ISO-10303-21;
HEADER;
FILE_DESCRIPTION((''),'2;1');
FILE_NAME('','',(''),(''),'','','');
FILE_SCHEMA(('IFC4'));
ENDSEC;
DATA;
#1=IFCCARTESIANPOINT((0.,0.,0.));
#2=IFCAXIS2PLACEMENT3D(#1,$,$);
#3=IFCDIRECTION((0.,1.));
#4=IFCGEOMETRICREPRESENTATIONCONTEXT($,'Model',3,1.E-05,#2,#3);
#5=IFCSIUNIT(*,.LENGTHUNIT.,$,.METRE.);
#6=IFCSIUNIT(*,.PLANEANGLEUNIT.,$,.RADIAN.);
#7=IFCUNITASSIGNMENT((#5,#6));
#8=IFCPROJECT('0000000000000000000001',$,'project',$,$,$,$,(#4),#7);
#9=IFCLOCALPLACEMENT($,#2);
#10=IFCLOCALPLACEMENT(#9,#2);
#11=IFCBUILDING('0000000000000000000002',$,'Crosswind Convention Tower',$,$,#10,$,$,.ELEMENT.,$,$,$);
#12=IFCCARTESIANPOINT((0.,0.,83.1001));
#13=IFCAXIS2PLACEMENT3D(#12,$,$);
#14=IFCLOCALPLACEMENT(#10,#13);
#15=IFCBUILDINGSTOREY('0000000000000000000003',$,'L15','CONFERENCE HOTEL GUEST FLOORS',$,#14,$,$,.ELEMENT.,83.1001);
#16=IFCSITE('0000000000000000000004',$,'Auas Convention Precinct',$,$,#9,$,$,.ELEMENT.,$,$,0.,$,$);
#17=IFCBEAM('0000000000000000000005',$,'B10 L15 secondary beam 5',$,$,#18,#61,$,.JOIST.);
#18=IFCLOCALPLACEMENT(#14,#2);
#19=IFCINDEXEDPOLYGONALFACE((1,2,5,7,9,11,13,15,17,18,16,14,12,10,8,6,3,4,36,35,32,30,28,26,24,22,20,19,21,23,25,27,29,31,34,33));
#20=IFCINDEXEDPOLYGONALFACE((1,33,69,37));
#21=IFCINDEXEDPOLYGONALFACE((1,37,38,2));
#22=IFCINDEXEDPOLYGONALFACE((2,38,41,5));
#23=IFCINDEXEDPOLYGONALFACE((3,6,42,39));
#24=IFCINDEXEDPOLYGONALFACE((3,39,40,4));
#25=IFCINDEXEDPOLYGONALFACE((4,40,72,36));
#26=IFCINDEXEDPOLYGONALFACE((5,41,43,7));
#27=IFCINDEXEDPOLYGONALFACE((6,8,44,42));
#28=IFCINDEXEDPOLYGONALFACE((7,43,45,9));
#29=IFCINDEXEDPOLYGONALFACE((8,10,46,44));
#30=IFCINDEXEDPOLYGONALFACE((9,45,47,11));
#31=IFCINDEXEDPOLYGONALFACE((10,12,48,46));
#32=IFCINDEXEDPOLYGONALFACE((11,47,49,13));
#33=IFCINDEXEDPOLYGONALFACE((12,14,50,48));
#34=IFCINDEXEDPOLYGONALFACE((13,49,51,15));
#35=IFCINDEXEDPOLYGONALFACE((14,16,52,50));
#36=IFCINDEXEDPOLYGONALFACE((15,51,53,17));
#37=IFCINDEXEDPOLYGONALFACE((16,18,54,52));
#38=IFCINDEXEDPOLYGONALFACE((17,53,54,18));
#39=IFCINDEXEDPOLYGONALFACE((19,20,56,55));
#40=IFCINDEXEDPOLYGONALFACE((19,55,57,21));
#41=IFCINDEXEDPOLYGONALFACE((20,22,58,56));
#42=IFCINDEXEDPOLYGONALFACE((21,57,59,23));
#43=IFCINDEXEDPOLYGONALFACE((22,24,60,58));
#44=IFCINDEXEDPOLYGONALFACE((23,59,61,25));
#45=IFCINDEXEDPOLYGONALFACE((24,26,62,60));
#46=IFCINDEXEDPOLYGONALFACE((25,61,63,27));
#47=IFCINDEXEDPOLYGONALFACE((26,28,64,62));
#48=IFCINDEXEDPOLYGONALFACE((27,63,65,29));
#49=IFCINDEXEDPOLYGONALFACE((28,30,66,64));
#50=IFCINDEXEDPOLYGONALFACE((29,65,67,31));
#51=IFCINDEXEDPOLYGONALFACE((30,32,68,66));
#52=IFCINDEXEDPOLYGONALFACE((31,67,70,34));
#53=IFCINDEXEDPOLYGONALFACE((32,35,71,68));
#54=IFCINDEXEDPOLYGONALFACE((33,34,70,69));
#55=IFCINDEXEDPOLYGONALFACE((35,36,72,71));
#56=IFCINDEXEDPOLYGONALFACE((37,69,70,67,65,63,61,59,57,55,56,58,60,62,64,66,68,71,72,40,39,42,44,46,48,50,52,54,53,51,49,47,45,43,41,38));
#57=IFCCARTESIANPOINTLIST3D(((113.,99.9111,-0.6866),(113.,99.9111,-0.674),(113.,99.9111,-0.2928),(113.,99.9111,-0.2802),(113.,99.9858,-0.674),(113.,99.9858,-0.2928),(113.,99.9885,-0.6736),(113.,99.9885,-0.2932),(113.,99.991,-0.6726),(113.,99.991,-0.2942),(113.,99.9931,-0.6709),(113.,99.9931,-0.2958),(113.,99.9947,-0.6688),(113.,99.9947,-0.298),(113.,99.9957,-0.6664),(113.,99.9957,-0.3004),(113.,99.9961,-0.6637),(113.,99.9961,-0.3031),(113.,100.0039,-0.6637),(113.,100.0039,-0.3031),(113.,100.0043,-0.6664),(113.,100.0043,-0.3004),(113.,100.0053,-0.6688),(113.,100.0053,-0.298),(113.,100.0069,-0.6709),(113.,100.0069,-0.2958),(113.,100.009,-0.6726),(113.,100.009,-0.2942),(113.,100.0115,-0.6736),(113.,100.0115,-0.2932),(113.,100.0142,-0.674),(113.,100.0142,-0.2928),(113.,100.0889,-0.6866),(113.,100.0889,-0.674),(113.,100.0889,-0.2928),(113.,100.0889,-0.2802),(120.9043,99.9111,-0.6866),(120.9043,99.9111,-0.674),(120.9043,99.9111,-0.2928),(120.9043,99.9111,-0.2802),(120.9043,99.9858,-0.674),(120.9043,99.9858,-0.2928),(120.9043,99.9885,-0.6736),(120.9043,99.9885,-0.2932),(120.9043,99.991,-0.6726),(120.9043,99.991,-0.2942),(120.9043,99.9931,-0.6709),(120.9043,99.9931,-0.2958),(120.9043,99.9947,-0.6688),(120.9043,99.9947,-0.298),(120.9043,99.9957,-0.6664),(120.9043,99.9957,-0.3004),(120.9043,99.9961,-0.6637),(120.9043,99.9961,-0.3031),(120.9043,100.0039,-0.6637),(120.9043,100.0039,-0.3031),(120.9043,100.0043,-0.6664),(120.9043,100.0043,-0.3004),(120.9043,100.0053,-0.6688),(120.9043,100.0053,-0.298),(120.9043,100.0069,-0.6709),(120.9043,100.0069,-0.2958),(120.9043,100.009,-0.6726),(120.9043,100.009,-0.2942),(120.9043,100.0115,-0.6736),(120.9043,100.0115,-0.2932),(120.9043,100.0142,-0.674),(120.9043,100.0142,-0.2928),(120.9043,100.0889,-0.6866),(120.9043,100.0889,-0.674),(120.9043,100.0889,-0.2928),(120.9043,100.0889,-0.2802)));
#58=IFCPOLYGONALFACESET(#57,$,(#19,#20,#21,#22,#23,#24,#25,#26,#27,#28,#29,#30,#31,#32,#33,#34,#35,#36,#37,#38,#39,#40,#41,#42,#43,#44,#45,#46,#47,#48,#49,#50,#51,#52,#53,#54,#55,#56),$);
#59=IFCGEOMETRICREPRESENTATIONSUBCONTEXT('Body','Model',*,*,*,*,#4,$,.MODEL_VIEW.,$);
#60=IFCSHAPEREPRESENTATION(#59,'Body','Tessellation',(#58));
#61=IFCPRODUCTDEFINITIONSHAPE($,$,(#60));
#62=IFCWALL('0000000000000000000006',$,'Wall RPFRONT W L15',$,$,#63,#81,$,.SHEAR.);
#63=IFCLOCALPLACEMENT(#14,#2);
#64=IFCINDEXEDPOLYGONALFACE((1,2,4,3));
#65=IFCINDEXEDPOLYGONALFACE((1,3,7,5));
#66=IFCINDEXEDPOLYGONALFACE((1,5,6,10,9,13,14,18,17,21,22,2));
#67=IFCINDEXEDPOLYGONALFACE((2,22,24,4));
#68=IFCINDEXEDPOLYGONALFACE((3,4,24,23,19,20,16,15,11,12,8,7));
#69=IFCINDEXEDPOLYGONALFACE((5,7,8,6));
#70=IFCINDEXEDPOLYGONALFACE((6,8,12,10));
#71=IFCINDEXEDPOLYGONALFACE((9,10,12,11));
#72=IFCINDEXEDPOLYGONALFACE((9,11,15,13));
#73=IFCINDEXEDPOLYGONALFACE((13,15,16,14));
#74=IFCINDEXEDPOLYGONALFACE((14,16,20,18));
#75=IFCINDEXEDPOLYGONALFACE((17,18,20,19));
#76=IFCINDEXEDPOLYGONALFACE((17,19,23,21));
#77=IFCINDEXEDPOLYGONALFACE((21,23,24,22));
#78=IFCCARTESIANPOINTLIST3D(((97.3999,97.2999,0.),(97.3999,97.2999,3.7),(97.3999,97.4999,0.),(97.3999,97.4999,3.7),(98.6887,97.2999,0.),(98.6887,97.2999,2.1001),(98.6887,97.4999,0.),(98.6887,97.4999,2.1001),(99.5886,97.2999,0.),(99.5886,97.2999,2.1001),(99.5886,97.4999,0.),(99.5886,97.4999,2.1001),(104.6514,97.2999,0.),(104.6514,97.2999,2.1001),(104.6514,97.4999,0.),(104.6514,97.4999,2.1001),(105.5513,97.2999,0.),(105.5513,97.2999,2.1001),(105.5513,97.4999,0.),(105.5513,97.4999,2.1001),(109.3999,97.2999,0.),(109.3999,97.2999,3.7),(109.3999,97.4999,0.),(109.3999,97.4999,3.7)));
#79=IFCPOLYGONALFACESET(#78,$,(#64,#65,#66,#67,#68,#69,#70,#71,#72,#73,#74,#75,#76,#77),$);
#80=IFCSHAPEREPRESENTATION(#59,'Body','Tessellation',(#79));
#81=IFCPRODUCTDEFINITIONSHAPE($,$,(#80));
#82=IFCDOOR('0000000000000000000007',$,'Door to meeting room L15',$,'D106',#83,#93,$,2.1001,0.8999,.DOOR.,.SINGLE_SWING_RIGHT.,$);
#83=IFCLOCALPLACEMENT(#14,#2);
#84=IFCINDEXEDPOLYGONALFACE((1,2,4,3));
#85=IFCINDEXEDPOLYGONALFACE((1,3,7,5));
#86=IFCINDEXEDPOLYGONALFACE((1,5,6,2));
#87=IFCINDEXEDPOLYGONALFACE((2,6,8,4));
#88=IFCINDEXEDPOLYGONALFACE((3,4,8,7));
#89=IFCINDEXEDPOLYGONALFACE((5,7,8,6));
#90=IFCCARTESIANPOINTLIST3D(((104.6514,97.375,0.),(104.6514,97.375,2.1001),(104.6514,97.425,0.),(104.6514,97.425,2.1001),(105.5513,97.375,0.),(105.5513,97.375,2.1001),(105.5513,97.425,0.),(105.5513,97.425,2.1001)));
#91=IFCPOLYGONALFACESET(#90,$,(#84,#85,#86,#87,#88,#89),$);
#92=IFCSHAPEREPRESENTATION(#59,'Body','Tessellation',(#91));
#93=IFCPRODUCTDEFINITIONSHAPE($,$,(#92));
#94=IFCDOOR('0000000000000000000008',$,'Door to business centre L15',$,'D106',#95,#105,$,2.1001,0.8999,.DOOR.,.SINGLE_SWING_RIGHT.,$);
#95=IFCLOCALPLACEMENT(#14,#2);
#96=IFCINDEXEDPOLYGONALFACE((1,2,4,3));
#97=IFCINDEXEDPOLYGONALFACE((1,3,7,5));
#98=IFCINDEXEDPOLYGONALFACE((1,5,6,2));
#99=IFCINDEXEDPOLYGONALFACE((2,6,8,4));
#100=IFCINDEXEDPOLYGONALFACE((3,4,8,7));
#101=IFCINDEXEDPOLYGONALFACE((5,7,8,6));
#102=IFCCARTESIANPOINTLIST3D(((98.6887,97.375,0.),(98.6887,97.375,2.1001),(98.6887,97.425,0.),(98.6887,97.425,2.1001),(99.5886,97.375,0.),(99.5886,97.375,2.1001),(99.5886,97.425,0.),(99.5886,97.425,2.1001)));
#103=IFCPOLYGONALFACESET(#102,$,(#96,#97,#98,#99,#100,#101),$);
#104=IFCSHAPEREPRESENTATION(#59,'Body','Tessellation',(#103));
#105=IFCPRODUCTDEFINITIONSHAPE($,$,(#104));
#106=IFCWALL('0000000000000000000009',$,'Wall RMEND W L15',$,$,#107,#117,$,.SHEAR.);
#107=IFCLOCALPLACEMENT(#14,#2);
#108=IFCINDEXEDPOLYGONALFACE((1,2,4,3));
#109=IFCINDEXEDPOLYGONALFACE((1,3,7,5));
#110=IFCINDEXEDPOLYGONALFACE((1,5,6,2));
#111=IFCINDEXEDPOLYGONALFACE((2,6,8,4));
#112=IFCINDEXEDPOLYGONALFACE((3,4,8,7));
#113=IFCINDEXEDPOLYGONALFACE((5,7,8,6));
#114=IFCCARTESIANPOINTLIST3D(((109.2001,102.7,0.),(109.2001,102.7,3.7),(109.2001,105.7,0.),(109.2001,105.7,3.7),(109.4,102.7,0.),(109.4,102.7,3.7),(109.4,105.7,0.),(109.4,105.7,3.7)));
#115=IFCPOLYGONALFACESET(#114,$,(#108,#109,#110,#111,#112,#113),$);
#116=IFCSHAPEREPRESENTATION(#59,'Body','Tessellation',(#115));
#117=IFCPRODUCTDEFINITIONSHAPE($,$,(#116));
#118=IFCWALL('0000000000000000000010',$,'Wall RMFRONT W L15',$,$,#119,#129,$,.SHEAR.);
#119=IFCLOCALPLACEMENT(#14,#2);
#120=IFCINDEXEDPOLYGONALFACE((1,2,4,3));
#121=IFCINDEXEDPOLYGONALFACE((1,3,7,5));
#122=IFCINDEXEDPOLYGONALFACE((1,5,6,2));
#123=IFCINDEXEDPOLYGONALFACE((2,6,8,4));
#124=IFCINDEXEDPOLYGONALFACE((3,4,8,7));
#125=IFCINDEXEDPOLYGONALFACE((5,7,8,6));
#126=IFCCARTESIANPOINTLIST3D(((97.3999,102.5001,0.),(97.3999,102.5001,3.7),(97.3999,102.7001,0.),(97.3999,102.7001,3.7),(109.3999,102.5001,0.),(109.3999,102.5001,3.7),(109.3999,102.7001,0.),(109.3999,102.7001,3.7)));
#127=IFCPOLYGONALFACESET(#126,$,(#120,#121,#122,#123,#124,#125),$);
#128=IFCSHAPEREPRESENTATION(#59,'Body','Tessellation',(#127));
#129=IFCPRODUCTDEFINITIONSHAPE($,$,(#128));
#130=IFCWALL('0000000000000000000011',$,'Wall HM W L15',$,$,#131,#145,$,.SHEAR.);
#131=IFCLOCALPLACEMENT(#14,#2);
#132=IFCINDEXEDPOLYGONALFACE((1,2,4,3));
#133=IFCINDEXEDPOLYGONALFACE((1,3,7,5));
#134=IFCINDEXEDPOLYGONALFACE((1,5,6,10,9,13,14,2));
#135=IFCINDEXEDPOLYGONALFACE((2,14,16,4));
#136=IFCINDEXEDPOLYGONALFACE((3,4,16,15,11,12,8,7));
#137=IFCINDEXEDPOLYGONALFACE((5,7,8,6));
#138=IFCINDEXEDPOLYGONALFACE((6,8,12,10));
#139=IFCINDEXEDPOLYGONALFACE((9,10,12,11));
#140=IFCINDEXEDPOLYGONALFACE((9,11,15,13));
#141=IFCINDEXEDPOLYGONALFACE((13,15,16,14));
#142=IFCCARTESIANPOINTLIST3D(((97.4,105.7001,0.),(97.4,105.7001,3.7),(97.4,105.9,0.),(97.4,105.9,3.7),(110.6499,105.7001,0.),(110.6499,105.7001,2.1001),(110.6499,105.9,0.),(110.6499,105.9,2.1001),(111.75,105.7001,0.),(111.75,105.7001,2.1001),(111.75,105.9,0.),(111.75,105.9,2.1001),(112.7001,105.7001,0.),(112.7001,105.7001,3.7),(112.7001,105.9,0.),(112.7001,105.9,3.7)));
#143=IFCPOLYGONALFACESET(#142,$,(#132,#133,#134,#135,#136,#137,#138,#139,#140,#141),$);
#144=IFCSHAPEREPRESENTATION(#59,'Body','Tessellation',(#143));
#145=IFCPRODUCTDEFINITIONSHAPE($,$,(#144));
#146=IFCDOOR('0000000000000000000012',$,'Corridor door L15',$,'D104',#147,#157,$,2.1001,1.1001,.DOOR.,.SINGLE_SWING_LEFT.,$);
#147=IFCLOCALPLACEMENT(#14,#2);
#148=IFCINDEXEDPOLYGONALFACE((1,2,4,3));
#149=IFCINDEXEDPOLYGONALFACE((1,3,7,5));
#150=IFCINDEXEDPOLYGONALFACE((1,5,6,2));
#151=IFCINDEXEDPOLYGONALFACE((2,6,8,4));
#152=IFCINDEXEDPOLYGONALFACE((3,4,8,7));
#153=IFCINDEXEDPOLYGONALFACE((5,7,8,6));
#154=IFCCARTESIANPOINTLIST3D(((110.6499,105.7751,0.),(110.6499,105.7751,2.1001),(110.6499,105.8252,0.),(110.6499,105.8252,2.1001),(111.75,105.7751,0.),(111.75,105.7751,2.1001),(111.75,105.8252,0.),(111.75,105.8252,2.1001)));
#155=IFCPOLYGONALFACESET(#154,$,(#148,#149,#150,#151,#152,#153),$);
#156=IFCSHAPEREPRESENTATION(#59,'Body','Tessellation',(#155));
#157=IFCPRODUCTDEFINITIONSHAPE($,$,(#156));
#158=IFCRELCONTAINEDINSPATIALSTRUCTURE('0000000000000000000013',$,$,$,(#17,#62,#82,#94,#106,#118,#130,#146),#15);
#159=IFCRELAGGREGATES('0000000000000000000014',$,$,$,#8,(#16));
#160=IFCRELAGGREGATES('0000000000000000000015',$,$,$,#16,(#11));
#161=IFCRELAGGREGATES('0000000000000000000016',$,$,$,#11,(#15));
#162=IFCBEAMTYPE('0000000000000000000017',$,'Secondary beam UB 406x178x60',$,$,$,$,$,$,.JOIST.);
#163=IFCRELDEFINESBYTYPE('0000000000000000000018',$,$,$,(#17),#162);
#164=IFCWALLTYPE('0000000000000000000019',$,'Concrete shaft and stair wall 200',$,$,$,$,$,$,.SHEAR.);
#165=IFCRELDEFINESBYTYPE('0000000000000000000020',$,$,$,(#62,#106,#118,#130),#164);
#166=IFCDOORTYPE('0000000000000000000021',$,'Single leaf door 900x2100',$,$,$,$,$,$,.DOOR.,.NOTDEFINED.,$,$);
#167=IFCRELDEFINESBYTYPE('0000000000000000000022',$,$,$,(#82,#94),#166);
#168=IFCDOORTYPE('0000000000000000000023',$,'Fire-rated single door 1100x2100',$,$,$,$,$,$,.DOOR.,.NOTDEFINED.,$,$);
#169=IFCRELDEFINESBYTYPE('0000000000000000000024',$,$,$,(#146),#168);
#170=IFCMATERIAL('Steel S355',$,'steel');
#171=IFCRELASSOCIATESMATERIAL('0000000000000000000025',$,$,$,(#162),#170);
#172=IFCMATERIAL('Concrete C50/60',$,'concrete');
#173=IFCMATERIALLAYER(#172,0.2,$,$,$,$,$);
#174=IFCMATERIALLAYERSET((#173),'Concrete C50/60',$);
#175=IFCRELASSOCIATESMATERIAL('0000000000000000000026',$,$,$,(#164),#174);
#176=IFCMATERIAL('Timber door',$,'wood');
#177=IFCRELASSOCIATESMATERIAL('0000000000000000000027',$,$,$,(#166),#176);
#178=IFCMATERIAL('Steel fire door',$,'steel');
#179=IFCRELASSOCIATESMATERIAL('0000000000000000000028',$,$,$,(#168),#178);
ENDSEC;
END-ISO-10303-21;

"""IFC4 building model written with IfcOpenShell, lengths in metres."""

from ifc_helpers import new_model, si_unit, direction, frame, frame_2d, origin, origin_2d, place, context, subcontext, project, spatial, rectangle, i_section, extrude, material, layer, layer_set, material_profile, profile_set, type_object, element, fill, save


model = new_model("IFC4")

# Units and contexts
model_context = context("Model", 3, precision=1e-05, world=origin(), true_north=direction((0.0, 1.0)))
body_context = subcontext(model_context, "Body", "Model", "MODEL_VIEW")
ifc_project = project(units=[si_unit("LENGTHUNIT", "METRE"), si_unit("PLANEANGLEUNIT", "RADIAN")], contexts=[model_context])

# Site, building, storey
site_placement = place(None, origin())
site = spatial("IfcSite", under=ifc_project, at=site_placement, Name="Auas Convention Precinct", CompositionType="ELEMENT", RefElevation=0.0)
building_placement = place(site_placement, origin())
building = spatial("IfcBuilding", under=site, at=building_placement, Name="Crosswind Convention Tower", CompositionType="ELEMENT")
storey_placement = place(building_placement, frame((0.0, 0.0, 83.1001)))
storey = spatial("IfcBuildingStorey", under=building, at=storey_placement, Name="L15", Description="CONFERENCE HOTEL GUEST FLOORS", CompositionType="ELEMENT", Elevation=83.1001)

# Beam
ifc_material_1 = material(Name="Steel S355", Category="steel")
ifc_material_profile = material_profile(ifc_material_1, i_section(OverallWidth=0.1777, OverallDepth=0.4065, WebThickness=0.0078, FlangeThickness=0.0127, FilletRadius=0.0103, at=origin_2d()), Name="UB 406x178x60")
ifc_profile_set = profile_set([ifc_material_profile], Name="Steel S355")
beam_type = type_object("IfcBeamType", Name="Secondary beam UB 406x178x60", PredefinedType="JOIST", material=ifc_profile_set)
beam_placement = place(storey_placement, frame((113.0, 100.0, -0.4834), z_axis=(1.0, 0.0, 0.0), x_axis=(0.0, 1.0, 0.0)))
element("IfcBeam", 1, at=beam_placement, inside=storey, type_object=beam_type, Name="B10 L15 secondary beam 5", PredefinedType="JOIST", context=body_context, shape_type="SweptSolid", body=[
    extrude(i_section(OverallWidth=0.1777, OverallDepth=0.4065, WebThickness=0.0078, FlangeThickness=0.0127, FilletRadius=0.0103, at=origin_2d()), origin(), (0.0, 0.0, 1.0), 7.9043),
])

# Wall, openings, doors
ifc_material_2 = material(Name="Concrete C50/60", Category="concrete")
ifc_layer_1 = layer(ifc_material_2, 0.2)
ifc_layer_set_1 = layer_set([ifc_layer_1], Name="Concrete C50/60")
wall_type_1 = type_object("IfcWallType", Name="Concrete shaft and stair wall 200", PredefinedType="SHEAR", material=ifc_layer_set_1)
wall_1_placement = place(storey_placement, frame((109.3999, 97.3999, 0.0), z_axis=(0.0, 0.0, 1.0), x_axis=(-1.0, 0.0, 0.0)))
wall_1 = element("IfcWall", 2, at=wall_1_placement, inside=storey, type_object=wall_type_1, Name="Wall RPFRONT W L15", PredefinedType="SHEAR", context=body_context, shape_type="SweptSolid", body=[
    extrude(rectangle(XDim=12.0, YDim=0.2, at=frame_2d((6.0, 0.0))), origin(), (0.0, 0.0, 1.0), 3.7),
])
opening_1_placement = place(wall_1_placement, frame((3.8486, 0.0, 0.0)))
opening_1 = element("IfcOpeningElement", 3, at=opening_1_placement, cuts=wall_1, PredefinedType="OPENING", context=body_context, shape_type="SweptSolid", body=[
    extrude(rectangle(XDim=0.8999, YDim=2.1001, at=frame_2d((0.45, 1.05))), frame((0.0, 0.1099, 0.0), z_axis=(0.0, -1.0, 0.0), x_axis=(1.0, 0.0, 0.0)), (0.0, 0.0, 1.0), 0.22),
])
opening_2_placement = place(wall_1_placement, frame((9.8113, 0.0, 0.0)))
opening_2 = element("IfcOpeningElement", 4, at=opening_2_placement, cuts=wall_1, PredefinedType="OPENING", context=body_context, shape_type="SweptSolid", body=[
    extrude(rectangle(XDim=0.8999, YDim=2.1001, at=frame_2d((0.45, 1.05))), frame((0.0, 0.1099, 0.0), z_axis=(0.0, -1.0, 0.0), x_axis=(1.0, 0.0, 0.0)), (0.0, 0.0, 1.0), 0.22),
])
ifc_material_3 = material(Name="Timber door", Category="wood")
door_type_1 = type_object("IfcDoorType", Name="Single leaf door 900x2100", OperationType="NOTDEFINED", PredefinedType="DOOR", material=ifc_material_3)
door_1_placement = place(opening_1_placement, origin())
door_1 = element("IfcDoor", 5, at=door_1_placement, inside=storey, type_object=door_type_1, Name="Door to meeting room L15", ObjectType="D106", OperationType="SINGLE_SWING_RIGHT", OverallHeight=2.1001, OverallWidth=0.8999, PredefinedType="DOOR", context=body_context, shape_type="SweptSolid", body=[
    extrude(rectangle(XDim=0.8999, YDim=2.1001, at=frame_2d((0.45, 1.05))), frame((0.0, 0.0249, 0.0), z_axis=(0.0, -1.0, 0.0), x_axis=(1.0, 0.0, 0.0)), (0.0, 0.0, 1.0), 0.05),
])
fill(opening_1, door_1)
door_2_placement = place(opening_2_placement, origin())
door_2 = element("IfcDoor", 6, at=door_2_placement, inside=storey, type_object=door_type_1, Name="Door to business centre L15", ObjectType="D106", OperationType="SINGLE_SWING_RIGHT", OverallHeight=2.1001, OverallWidth=0.8999, PredefinedType="DOOR", context=body_context, shape_type="SweptSolid", body=[
    extrude(rectangle(XDim=0.8999, YDim=2.1001, at=frame_2d((0.45, 1.05))), frame((0.0, 0.0249, 0.0), z_axis=(0.0, -1.0, 0.0), x_axis=(1.0, 0.0, 0.0)), (0.0, 0.0, 1.0), 0.05),
])
fill(opening_2, door_2)

# Walls
wall_2_placement = place(storey_placement, frame((109.3, 105.7, 0.0), z_axis=(0.0, 0.0, 1.0), x_axis=(0.0, -1.0, 0.0)))
element("IfcWall", 7, at=wall_2_placement, inside=storey, type_object=wall_type_1, Name="Wall RMEND W L15", PredefinedType="SHEAR", context=body_context, shape_type="SweptSolid", body=[
    extrude(rectangle(XDim=3.0, YDim=0.2, at=frame_2d((1.5, 0.0))), origin(), (0.0, 0.0, 1.0), 3.7),
])
wall_3_placement = place(storey_placement, frame((109.3999, 102.6001, 0.0), z_axis=(0.0, 0.0, 1.0), x_axis=(-1.0, 0.0, 0.0)))
element("IfcWall", 8, at=wall_3_placement, inside=storey, type_object=wall_type_1, Name="Wall RMFRONT W L15", PredefinedType="SHEAR", context=body_context, shape_type="SweptSolid", body=[
    extrude(rectangle(XDim=12.0, YDim=0.2, at=frame_2d((6.0, 0.0))), origin(), (0.0, 0.0, 1.0), 3.7),
])

# Wall, opening, door
wall_4_placement = place(storey_placement, frame((112.7, 105.8, 0.0), z_axis=(0.0, 0.0, 1.0), x_axis=(-1.0, 0.0, 0.0)))
wall_4 = element("IfcWall", 9, at=wall_4_placement, inside=storey, type_object=wall_type_1, Name="Wall HM W L15", PredefinedType="SHEAR", context=body_context, shape_type="SweptSolid", body=[
    extrude(rectangle(XDim=15.3, YDim=0.2, at=frame_2d((7.6499, 0.0))), origin(), (0.0, 0.0, 1.0), 3.7),
])
opening_3_placement = place(wall_4_placement, frame((0.95, 0.0, 0.0)))
opening_3 = element("IfcOpeningElement", 10, at=opening_3_placement, cuts=wall_4, PredefinedType="OPENING", context=body_context, shape_type="SweptSolid", body=[
    extrude(rectangle(XDim=1.1001, YDim=2.1001, at=frame_2d((0.55, 1.05))), frame((0.0, 0.1099, 0.0), z_axis=(0.0, -1.0, 0.0), x_axis=(1.0, 0.0, 0.0)), (0.0, 0.0, 1.0), 0.22),
])
ifc_material_4 = material(Name="Steel fire door", Category="steel")
door_type_2 = type_object("IfcDoorType", Name="Fire-rated single door 1100x2100", OperationType="NOTDEFINED", PredefinedType="DOOR", material=ifc_material_4)
door_3_placement = place(opening_3_placement, origin())
door_3 = element("IfcDoor", 11, at=door_3_placement, inside=storey, type_object=door_type_2, Name="Corridor door L15", ObjectType="D104", OperationType="SINGLE_SWING_LEFT", OverallHeight=2.1001, OverallWidth=1.1001, PredefinedType="DOOR", context=body_context, shape_type="SweptSolid", body=[
    extrude(rectangle(XDim=1.1001, YDim=2.1001, at=frame_2d((0.55, 1.05))), frame((0.0, 0.0249, 0.0), z_axis=(0.0, -1.0, 0.0), x_axis=(1.0, 0.0, 0.0)), (0.0, 0.0, 1.0), 0.05),
])
fill(opening_3, door_3)

save(model, "model.ifc")
